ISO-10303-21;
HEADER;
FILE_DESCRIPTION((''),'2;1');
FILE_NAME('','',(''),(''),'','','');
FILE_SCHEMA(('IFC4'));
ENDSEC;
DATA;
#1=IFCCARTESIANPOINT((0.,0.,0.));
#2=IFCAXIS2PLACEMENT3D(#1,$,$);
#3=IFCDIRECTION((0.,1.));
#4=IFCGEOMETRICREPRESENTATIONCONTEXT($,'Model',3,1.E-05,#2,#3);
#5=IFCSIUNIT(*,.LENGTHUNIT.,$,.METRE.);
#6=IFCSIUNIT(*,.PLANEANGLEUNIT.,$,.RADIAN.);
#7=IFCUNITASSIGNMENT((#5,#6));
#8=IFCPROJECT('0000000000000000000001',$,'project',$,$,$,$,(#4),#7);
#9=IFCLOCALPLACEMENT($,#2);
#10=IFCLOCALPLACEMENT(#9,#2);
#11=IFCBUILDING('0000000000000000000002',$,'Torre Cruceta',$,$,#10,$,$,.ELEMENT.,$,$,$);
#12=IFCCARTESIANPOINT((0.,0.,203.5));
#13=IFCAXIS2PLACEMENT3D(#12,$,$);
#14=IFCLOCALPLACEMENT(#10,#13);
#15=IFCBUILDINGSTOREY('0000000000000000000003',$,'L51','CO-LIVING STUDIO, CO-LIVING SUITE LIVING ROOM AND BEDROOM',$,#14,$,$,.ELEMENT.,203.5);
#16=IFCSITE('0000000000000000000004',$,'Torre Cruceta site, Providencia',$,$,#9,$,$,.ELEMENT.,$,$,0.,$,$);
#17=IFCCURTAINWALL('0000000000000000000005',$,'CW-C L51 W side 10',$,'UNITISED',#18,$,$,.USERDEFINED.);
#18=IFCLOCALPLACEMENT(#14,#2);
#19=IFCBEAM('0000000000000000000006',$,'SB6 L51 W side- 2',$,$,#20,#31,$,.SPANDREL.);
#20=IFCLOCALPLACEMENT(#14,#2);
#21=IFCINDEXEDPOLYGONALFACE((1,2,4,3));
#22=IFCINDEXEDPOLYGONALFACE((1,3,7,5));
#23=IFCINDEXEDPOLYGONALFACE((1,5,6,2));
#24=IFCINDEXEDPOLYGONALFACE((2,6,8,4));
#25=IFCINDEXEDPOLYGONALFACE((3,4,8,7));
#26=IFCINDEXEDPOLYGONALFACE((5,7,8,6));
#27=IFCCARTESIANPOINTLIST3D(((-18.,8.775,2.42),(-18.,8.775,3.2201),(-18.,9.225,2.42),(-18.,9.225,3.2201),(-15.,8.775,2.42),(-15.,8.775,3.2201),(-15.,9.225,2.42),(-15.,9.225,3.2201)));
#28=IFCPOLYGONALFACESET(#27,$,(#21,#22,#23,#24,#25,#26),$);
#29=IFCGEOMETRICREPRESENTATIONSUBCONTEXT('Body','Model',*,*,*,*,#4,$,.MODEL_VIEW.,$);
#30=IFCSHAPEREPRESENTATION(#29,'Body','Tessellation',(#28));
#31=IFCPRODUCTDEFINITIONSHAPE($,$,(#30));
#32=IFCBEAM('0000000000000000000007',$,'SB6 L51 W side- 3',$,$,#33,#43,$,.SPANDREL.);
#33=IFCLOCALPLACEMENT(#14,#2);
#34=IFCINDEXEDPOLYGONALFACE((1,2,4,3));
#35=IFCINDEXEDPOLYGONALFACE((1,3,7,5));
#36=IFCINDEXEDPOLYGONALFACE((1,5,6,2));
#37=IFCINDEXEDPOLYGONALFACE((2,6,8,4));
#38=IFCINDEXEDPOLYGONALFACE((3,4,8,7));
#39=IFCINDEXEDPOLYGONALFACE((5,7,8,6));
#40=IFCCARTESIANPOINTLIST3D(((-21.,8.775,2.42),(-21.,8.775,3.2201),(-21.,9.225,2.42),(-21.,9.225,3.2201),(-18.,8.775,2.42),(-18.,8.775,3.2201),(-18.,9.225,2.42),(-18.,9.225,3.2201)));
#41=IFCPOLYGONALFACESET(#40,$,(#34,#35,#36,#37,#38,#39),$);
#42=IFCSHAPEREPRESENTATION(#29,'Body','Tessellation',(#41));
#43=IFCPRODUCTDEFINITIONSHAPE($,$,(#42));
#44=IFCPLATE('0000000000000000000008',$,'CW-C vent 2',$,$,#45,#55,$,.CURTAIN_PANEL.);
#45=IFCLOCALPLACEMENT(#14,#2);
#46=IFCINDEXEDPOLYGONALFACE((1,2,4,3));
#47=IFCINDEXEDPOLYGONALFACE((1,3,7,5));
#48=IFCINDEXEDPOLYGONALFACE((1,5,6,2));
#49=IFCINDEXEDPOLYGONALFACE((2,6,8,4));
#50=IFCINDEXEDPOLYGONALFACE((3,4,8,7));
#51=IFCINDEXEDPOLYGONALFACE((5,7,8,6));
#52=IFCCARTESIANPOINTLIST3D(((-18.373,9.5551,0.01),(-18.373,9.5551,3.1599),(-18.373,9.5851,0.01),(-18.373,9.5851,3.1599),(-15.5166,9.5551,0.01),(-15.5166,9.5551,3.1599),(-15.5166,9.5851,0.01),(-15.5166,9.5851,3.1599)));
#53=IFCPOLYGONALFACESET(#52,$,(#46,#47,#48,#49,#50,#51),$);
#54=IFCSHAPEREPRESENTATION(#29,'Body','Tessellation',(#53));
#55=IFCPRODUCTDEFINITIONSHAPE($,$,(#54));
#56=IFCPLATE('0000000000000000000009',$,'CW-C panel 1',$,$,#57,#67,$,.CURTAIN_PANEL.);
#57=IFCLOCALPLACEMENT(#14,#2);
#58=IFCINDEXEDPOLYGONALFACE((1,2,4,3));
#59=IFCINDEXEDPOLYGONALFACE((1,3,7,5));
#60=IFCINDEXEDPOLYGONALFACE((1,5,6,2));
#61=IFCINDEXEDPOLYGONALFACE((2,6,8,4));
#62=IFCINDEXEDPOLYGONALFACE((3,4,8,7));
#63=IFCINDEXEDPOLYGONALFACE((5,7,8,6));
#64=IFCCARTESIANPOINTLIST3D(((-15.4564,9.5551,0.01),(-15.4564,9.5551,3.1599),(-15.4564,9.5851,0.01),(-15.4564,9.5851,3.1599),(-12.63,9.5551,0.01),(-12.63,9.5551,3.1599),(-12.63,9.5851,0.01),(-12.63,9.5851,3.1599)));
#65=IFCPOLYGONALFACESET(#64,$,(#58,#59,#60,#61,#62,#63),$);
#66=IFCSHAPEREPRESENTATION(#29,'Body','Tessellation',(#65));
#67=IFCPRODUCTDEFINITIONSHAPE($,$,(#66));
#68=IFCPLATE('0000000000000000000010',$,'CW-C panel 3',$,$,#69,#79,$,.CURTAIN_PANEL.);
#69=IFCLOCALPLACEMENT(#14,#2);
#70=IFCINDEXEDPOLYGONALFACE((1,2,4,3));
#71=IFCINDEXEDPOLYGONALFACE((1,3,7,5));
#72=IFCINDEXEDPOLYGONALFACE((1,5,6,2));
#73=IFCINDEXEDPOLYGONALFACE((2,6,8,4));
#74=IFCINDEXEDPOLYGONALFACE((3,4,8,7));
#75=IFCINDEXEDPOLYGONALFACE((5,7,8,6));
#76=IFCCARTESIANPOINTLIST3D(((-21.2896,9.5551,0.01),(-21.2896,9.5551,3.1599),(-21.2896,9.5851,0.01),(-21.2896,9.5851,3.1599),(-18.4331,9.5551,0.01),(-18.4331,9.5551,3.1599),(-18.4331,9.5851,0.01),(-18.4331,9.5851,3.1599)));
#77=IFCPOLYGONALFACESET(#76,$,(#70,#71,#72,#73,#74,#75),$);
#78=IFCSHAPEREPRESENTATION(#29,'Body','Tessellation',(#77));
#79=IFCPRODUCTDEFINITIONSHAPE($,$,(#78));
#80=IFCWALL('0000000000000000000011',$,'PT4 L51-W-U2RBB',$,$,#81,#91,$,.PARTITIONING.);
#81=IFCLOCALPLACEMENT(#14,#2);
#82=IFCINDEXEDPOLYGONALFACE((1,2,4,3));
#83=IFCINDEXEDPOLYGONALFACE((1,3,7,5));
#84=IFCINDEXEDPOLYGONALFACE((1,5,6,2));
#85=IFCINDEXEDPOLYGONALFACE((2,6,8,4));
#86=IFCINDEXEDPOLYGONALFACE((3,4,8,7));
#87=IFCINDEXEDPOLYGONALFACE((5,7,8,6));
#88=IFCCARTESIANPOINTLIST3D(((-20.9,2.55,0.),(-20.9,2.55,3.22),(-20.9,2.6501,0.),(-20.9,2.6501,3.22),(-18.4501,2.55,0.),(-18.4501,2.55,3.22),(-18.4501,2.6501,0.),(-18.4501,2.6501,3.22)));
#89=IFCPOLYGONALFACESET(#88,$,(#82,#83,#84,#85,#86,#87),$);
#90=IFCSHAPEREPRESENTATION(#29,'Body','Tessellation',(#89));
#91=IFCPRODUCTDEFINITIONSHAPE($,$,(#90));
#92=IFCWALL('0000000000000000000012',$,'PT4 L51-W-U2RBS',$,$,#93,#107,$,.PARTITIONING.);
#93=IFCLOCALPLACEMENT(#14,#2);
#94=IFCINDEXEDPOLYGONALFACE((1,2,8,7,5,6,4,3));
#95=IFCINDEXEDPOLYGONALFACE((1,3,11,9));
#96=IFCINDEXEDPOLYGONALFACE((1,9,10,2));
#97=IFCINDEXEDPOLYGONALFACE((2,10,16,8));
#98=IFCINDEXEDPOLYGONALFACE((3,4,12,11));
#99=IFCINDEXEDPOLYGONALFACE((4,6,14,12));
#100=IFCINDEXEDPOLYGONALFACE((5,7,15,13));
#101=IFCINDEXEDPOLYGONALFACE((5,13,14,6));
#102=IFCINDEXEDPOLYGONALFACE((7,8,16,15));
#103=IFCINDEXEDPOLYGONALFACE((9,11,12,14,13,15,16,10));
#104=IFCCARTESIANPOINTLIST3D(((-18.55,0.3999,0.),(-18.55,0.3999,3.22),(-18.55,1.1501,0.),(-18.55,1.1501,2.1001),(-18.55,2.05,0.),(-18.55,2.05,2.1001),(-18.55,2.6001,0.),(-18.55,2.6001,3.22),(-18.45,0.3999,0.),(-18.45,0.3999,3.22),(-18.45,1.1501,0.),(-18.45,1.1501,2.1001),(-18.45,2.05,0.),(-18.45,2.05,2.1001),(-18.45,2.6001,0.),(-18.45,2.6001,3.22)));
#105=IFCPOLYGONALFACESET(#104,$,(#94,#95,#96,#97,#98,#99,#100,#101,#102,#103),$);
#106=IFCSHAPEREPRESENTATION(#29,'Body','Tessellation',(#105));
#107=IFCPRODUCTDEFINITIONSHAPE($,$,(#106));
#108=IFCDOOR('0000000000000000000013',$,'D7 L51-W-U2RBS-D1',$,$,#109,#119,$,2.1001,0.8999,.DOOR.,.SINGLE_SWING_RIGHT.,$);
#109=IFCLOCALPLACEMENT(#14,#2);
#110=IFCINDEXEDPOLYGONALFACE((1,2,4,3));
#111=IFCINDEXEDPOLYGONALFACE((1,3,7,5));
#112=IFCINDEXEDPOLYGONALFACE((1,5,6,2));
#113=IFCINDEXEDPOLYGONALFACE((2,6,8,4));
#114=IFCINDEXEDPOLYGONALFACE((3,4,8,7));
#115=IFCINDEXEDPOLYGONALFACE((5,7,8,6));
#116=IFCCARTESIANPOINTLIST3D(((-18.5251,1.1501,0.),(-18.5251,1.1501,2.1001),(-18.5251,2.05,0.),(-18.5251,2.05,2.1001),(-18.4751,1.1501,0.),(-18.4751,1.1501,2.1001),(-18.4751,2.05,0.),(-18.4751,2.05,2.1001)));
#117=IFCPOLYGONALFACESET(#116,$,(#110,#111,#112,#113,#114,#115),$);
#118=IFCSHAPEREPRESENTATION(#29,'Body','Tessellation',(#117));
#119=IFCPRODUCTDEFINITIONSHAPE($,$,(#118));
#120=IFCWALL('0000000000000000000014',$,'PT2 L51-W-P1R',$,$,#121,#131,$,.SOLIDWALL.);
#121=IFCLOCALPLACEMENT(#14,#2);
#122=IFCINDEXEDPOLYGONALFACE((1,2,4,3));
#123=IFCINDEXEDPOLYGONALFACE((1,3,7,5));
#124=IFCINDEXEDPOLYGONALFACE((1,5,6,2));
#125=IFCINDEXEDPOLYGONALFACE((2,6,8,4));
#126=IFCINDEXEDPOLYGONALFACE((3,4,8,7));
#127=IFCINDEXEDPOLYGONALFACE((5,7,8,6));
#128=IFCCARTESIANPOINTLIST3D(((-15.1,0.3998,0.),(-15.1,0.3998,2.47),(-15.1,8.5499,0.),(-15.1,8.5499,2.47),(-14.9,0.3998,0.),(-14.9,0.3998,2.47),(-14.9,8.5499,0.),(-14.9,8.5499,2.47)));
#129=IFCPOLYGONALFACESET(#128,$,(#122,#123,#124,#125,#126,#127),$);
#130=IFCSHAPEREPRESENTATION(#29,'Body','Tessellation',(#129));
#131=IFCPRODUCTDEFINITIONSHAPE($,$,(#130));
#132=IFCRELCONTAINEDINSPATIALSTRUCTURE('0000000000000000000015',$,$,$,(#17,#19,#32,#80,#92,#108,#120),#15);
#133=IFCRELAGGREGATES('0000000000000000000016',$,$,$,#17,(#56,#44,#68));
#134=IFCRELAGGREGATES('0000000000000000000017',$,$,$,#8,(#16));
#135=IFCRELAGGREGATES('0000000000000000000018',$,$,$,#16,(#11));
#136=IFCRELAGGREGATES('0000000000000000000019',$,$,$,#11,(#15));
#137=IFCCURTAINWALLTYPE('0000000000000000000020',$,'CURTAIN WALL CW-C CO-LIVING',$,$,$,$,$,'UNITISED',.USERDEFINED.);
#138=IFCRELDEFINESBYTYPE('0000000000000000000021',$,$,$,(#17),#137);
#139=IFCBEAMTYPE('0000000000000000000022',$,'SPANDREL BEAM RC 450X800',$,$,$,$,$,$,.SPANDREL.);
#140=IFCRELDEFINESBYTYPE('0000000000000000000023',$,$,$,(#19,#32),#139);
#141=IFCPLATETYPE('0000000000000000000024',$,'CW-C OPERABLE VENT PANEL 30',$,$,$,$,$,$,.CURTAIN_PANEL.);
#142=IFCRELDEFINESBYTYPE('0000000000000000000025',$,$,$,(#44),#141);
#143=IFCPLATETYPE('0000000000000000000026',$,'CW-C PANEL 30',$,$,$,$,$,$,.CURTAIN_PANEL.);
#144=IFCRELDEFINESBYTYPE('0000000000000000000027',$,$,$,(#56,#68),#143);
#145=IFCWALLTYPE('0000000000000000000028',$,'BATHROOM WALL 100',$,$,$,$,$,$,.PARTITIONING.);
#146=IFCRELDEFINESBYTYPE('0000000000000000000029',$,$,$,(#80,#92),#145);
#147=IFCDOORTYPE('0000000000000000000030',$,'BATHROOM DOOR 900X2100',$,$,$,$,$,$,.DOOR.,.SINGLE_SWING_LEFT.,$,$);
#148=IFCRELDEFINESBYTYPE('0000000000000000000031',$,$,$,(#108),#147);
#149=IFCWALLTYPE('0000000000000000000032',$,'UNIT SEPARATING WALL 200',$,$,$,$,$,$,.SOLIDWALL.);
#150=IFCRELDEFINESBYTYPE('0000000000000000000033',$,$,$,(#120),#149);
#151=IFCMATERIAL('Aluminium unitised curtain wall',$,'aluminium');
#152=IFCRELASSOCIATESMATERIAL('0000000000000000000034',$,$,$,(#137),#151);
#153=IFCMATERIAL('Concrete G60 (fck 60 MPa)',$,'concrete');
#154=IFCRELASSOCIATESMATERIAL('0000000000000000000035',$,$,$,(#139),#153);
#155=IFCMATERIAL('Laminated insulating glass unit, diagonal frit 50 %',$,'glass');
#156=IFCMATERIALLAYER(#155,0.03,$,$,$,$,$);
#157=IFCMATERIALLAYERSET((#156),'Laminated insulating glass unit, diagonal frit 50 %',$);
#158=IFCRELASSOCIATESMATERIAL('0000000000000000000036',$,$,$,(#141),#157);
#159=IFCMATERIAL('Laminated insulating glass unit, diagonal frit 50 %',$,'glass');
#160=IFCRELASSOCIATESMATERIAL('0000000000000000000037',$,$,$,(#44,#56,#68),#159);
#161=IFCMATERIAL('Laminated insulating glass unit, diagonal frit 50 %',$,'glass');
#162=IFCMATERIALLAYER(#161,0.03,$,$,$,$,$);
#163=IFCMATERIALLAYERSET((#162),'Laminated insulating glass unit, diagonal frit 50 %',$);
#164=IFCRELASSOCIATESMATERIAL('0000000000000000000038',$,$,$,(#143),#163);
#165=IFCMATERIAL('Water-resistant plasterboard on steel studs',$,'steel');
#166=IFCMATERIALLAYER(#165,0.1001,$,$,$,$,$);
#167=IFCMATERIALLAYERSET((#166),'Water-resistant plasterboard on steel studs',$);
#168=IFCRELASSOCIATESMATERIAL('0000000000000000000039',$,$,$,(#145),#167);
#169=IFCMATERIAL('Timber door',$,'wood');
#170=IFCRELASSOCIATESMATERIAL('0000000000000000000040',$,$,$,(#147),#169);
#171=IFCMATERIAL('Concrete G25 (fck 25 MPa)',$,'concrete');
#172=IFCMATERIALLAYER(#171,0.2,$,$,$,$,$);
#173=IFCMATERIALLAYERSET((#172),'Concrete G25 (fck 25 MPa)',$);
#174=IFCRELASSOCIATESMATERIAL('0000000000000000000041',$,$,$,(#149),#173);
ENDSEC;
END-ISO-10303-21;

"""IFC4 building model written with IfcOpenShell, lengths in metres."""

from ifc_helpers import new_model, si_unit, direction, frame, frame_2d, origin, origin_2d, place, context, subcontext, project, spatial, rectangle, extrude, material, layer, layer_set, material_profile, profile_set, type_object, element, fill, aggregate, save


model = new_model("IFC4")

# Units and contexts
model_context = context("Model", 3, precision=1e-05, world=origin(), true_north=direction((0.0, 1.0)))
body_context = subcontext(model_context, "Body", "Model", "MODEL_VIEW")
ifc_project = project(units=[si_unit("LENGTHUNIT", "METRE"), si_unit("PLANEANGLEUNIT", "RADIAN")], contexts=[model_context])

# Site, building, storey
site_placement = place(None, origin())
site = spatial("IfcSite", under=ifc_project, at=site_placement, Name="Torre Cruceta site, Providencia", CompositionType="ELEMENT", RefElevation=0.0)
building_placement = place(site_placement, origin())
building = spatial("IfcBuilding", under=site, at=building_placement, Name="Torre Cruceta", CompositionType="ELEMENT")
storey_placement = place(building_placement, frame((0.0, 0.0, 203.5)))
storey = spatial("IfcBuildingStorey", under=building, at=storey_placement, Name="L51", Description="CO-LIVING STUDIO, CO-LIVING SUITE LIVING ROOM AND BEDROOM", CompositionType="ELEMENT", Elevation=203.5)

# Curtain wall
ifc_material_1 = material(Name="Aluminium unitised curtain wall", Category="aluminium")
curtain_wall_type = type_object("IfcCurtainWallType", Name="CURTAIN WALL CW-C CO-LIVING", ElementType="UNITISED", PredefinedType="USERDEFINED", material=ifc_material_1)
curtain_wall_placement = place(storey_placement, origin())
curtain_wall = element("IfcCurtainWall", 1, at=curtain_wall_placement, inside=storey, type_object=curtain_wall_type, Name="CW-C L51 W side 10", ObjectType="UNITISED", PredefinedType="USERDEFINED")

# Beams
ifc_material_2 = material(Name="Concrete G60 (fck 60 MPa)", Category="concrete")
ifc_material_profile_1 = material_profile(ifc_material_2, rectangle(XDim=0.45, YDim=0.8, at=origin_2d()), Name="RC 450X800")
ifc_profile_set_1 = profile_set([ifc_material_profile_1], Name="Concrete G60 (fck 60 MPa)")
beam_type_1 = type_object("IfcBeamType", Name="SPANDREL BEAM RC 450X800", PredefinedType="SPANDREL", material=ifc_profile_set_1)
for number, where, z_axis, x_axis, name in (
    (2, (-15.0, 9.0, 2.8201), (-1.0, 0.0, 0.0), (0.0, -1.0, 0.0), "SB6 L51 W side- 2"),
    (3, (-18.0, 9.0, 2.8201), (-1.0, 0.0, 0.0), (0.0, -1.0, 0.0), "SB6 L51 W side- 3"),
):
    element("IfcBeam", number, at=place(storey_placement, frame(where, z_axis=z_axis, x_axis=x_axis)), inside=storey, type_object=beam_type_1, Name=name, PredefinedType="SPANDREL", context=body_context, shape_type="SweptSolid", body=[
        extrude(rectangle(XDim=0.45, YDim=0.8, at=origin_2d()), origin(), (0.0, 0.0, 1.0), 3.0),
    ])

# Plates
ifc_material_3 = material(Name="Laminated insulating glass unit, diagonal frit 50 %", Category="glass")
ifc_material_4 = material(Name="Laminated insulating glass unit, diagonal frit 50 %", Category="glass")
ifc_layer_1 = layer(ifc_material_4, 0.03)
ifc_layer_set_1 = layer_set([ifc_layer_1], Name="Laminated insulating glass unit, diagonal frit 50 %")
plate_type_1 = type_object("IfcPlateType", Name="CW-C OPERABLE VENT PANEL 30", PredefinedType="CURTAIN_PANEL", material=ifc_layer_set_1)
plate_1_placement = place(storey_placement, frame((-16.9448, 9.5701, 0.01), z_axis=(0.0, 0.0, 1.0), x_axis=(-1.0, 0.0, 0.0)))
plate_1 = element("IfcPlate", 4, at=plate_1_placement, type_object=plate_type_1, material=ifc_material_3, Name="CW-C vent 2", PredefinedType="CURTAIN_PANEL", context=body_context, shape_type="SweptSolid", body=[
    extrude(rectangle(XDim=2.8564, YDim=0.03, at=origin_2d()), origin(), (0.0, 0.0, 1.0), 3.1499),
])
ifc_material_5 = material(Name="Laminated insulating glass unit, diagonal frit 50 %", Category="glass")
ifc_layer_2 = layer(ifc_material_5, 0.03)
ifc_layer_set_2 = layer_set([ifc_layer_2], Name="Laminated insulating glass unit, diagonal frit 50 %")
plate_type_2 = type_object("IfcPlateType", Name="CW-C PANEL 30", PredefinedType="CURTAIN_PANEL", material=ifc_layer_set_2)
plate_2_placement = place(storey_placement, frame((-14.0432, 9.5701, 0.01), z_axis=(0.0, 0.0, 1.0), x_axis=(-1.0, 0.0, 0.0)))
plate_2 = element("IfcPlate", 5, at=plate_2_placement, type_object=plate_type_2, material=ifc_material_3, Name="CW-C panel 1", PredefinedType="CURTAIN_PANEL", context=body_context, shape_type="SweptSolid", body=[
    extrude(rectangle(XDim=2.8264, YDim=0.03, at=origin_2d()), origin(), (0.0, 0.0, 1.0), 3.1499),
])
plate_3_placement = place(storey_placement, frame((-19.8613, 9.5701, 0.01), z_axis=(0.0, 0.0, 1.0), x_axis=(-1.0, 0.0, 0.0)))
plate_3 = element("IfcPlate", 6, at=plate_3_placement, type_object=plate_type_2, material=ifc_material_3, Name="CW-C panel 3", PredefinedType="CURTAIN_PANEL", context=body_context, shape_type="SweptSolid", body=[
    extrude(rectangle(XDim=2.8564, YDim=0.03, at=origin_2d()), origin(), (0.0, 0.0, 1.0), 3.1499),
])
aggregate(curtain_wall, [plate_2, plate_1, plate_3])

# Wall
ifc_material_6 = material(Name="Water-resistant plasterboard on steel studs", Category="steel")
ifc_layer_3 = layer(ifc_material_6, 0.1001)
ifc_layer_set_3 = layer_set([ifc_layer_3], Name="Water-resistant plasterboard on steel studs")
wall_type_1 = type_object("IfcWallType", Name="BATHROOM WALL 100", PredefinedType="PARTITIONING", material=ifc_layer_set_3)
wall_1_placement = place(storey_placement, frame((-18.45, 2.6001, 0.0), z_axis=(0.0, 0.0, 1.0), x_axis=(-1.0, 0.0, 0.0)))
element("IfcWall", 7, at=wall_1_placement, inside=storey, type_object=wall_type_1, Name="PT4 L51-W-U2RBB", PredefinedType="PARTITIONING", context=body_context, shape_type="SweptSolid", body=[
    extrude(rectangle(XDim=2.45, YDim=0.1001, at=frame_2d((1.2251, 0.0))), origin(), (0.0, 0.0, 1.0), 3.22),
])

# Wall, opening, door
wall_2_placement = place(storey_placement, frame((-18.5, 2.6001, 0.0), z_axis=(0.0, 0.0, 1.0), x_axis=(0.0, -1.0, 0.0)))
wall_2 = element("IfcWall", 8, at=wall_2_placement, inside=storey, type_object=wall_type_1, Name="PT4 L51-W-U2RBS", PredefinedType="PARTITIONING", context=body_context, shape_type="SweptSolid", body=[
    extrude(rectangle(XDim=2.2002, YDim=0.1001, at=frame_2d((1.1001, 0.0))), origin(), (0.0, 0.0, 1.0), 3.22),
])
opening_placement = place(wall_2_placement, frame((0.55, 0.0, 0.0)))
opening = element("IfcOpeningElement", 9, at=opening_placement, cuts=wall_2, PredefinedType="OPENING", context=body_context, shape_type="SweptSolid", body=[
    extrude(rectangle(XDim=0.8999, YDim=2.1001, at=frame_2d((0.45, 1.05))), frame((0.0, 0.0601, 0.0), z_axis=(0.0, -1.0, 0.0), x_axis=(1.0, 0.0, 0.0)), (0.0, 0.0, 1.0), 0.1201),
])
ifc_material_7 = material(Name="Timber door", Category="wood")
door_type = type_object("IfcDoorType", Name="BATHROOM DOOR 900X2100", OperationType="SINGLE_SWING_LEFT", PredefinedType="DOOR", material=ifc_material_7)
door_placement = place(opening_placement, frame((0.8999, 0.0, 0.0), z_axis=(0.0, 0.0, 1.0), x_axis=(-1.0, 0.0, 0.0)))
door = element("IfcDoor", 10, at=door_placement, inside=storey, type_object=door_type, Name="D7 L51-W-U2RBS-D1", OperationType="SINGLE_SWING_RIGHT", OverallHeight=2.1001, OverallWidth=0.8999, PredefinedType="DOOR", context=body_context, shape_type="SweptSolid", body=[
    extrude(rectangle(XDim=0.8999, YDim=2.1001, at=frame_2d((0.45, 1.05))), frame((0.0, 0.0251, 0.0), z_axis=(0.0, -1.0, 0.0), x_axis=(1.0, 0.0, 0.0)), (0.0, 0.0, 1.0), 0.05),
])
fill(opening, door)

# Wall
ifc_material_8 = material(Name="Concrete G25 (fck 25 MPa)", Category="concrete")
ifc_layer_4 = layer(ifc_material_8, 0.2)
ifc_layer_set_4 = layer_set([ifc_layer_4], Name="Concrete G25 (fck 25 MPa)")
wall_type_2 = type_object("IfcWallType", Name="UNIT SEPARATING WALL 200", PredefinedType="SOLIDWALL", material=ifc_layer_set_4)
wall_3_placement = place(storey_placement, frame((-15.0, 8.55, 0.0), z_axis=(0.0, 0.0, 1.0), x_axis=(0.0, -1.0, 0.0)))
element("IfcWall", 11, at=wall_3_placement, inside=storey, type_object=wall_type_2, Name="PT2 L51-W-P1R", PredefinedType="SOLIDWALL", context=body_context, shape_type="SweptSolid", body=[
    extrude(rectangle(XDim=8.1501, YDim=0.2, at=frame_2d((4.0752, 0.0))), origin(), (0.0, 0.0, 1.0), 2.47),
])

save(model, "model.ifc")
